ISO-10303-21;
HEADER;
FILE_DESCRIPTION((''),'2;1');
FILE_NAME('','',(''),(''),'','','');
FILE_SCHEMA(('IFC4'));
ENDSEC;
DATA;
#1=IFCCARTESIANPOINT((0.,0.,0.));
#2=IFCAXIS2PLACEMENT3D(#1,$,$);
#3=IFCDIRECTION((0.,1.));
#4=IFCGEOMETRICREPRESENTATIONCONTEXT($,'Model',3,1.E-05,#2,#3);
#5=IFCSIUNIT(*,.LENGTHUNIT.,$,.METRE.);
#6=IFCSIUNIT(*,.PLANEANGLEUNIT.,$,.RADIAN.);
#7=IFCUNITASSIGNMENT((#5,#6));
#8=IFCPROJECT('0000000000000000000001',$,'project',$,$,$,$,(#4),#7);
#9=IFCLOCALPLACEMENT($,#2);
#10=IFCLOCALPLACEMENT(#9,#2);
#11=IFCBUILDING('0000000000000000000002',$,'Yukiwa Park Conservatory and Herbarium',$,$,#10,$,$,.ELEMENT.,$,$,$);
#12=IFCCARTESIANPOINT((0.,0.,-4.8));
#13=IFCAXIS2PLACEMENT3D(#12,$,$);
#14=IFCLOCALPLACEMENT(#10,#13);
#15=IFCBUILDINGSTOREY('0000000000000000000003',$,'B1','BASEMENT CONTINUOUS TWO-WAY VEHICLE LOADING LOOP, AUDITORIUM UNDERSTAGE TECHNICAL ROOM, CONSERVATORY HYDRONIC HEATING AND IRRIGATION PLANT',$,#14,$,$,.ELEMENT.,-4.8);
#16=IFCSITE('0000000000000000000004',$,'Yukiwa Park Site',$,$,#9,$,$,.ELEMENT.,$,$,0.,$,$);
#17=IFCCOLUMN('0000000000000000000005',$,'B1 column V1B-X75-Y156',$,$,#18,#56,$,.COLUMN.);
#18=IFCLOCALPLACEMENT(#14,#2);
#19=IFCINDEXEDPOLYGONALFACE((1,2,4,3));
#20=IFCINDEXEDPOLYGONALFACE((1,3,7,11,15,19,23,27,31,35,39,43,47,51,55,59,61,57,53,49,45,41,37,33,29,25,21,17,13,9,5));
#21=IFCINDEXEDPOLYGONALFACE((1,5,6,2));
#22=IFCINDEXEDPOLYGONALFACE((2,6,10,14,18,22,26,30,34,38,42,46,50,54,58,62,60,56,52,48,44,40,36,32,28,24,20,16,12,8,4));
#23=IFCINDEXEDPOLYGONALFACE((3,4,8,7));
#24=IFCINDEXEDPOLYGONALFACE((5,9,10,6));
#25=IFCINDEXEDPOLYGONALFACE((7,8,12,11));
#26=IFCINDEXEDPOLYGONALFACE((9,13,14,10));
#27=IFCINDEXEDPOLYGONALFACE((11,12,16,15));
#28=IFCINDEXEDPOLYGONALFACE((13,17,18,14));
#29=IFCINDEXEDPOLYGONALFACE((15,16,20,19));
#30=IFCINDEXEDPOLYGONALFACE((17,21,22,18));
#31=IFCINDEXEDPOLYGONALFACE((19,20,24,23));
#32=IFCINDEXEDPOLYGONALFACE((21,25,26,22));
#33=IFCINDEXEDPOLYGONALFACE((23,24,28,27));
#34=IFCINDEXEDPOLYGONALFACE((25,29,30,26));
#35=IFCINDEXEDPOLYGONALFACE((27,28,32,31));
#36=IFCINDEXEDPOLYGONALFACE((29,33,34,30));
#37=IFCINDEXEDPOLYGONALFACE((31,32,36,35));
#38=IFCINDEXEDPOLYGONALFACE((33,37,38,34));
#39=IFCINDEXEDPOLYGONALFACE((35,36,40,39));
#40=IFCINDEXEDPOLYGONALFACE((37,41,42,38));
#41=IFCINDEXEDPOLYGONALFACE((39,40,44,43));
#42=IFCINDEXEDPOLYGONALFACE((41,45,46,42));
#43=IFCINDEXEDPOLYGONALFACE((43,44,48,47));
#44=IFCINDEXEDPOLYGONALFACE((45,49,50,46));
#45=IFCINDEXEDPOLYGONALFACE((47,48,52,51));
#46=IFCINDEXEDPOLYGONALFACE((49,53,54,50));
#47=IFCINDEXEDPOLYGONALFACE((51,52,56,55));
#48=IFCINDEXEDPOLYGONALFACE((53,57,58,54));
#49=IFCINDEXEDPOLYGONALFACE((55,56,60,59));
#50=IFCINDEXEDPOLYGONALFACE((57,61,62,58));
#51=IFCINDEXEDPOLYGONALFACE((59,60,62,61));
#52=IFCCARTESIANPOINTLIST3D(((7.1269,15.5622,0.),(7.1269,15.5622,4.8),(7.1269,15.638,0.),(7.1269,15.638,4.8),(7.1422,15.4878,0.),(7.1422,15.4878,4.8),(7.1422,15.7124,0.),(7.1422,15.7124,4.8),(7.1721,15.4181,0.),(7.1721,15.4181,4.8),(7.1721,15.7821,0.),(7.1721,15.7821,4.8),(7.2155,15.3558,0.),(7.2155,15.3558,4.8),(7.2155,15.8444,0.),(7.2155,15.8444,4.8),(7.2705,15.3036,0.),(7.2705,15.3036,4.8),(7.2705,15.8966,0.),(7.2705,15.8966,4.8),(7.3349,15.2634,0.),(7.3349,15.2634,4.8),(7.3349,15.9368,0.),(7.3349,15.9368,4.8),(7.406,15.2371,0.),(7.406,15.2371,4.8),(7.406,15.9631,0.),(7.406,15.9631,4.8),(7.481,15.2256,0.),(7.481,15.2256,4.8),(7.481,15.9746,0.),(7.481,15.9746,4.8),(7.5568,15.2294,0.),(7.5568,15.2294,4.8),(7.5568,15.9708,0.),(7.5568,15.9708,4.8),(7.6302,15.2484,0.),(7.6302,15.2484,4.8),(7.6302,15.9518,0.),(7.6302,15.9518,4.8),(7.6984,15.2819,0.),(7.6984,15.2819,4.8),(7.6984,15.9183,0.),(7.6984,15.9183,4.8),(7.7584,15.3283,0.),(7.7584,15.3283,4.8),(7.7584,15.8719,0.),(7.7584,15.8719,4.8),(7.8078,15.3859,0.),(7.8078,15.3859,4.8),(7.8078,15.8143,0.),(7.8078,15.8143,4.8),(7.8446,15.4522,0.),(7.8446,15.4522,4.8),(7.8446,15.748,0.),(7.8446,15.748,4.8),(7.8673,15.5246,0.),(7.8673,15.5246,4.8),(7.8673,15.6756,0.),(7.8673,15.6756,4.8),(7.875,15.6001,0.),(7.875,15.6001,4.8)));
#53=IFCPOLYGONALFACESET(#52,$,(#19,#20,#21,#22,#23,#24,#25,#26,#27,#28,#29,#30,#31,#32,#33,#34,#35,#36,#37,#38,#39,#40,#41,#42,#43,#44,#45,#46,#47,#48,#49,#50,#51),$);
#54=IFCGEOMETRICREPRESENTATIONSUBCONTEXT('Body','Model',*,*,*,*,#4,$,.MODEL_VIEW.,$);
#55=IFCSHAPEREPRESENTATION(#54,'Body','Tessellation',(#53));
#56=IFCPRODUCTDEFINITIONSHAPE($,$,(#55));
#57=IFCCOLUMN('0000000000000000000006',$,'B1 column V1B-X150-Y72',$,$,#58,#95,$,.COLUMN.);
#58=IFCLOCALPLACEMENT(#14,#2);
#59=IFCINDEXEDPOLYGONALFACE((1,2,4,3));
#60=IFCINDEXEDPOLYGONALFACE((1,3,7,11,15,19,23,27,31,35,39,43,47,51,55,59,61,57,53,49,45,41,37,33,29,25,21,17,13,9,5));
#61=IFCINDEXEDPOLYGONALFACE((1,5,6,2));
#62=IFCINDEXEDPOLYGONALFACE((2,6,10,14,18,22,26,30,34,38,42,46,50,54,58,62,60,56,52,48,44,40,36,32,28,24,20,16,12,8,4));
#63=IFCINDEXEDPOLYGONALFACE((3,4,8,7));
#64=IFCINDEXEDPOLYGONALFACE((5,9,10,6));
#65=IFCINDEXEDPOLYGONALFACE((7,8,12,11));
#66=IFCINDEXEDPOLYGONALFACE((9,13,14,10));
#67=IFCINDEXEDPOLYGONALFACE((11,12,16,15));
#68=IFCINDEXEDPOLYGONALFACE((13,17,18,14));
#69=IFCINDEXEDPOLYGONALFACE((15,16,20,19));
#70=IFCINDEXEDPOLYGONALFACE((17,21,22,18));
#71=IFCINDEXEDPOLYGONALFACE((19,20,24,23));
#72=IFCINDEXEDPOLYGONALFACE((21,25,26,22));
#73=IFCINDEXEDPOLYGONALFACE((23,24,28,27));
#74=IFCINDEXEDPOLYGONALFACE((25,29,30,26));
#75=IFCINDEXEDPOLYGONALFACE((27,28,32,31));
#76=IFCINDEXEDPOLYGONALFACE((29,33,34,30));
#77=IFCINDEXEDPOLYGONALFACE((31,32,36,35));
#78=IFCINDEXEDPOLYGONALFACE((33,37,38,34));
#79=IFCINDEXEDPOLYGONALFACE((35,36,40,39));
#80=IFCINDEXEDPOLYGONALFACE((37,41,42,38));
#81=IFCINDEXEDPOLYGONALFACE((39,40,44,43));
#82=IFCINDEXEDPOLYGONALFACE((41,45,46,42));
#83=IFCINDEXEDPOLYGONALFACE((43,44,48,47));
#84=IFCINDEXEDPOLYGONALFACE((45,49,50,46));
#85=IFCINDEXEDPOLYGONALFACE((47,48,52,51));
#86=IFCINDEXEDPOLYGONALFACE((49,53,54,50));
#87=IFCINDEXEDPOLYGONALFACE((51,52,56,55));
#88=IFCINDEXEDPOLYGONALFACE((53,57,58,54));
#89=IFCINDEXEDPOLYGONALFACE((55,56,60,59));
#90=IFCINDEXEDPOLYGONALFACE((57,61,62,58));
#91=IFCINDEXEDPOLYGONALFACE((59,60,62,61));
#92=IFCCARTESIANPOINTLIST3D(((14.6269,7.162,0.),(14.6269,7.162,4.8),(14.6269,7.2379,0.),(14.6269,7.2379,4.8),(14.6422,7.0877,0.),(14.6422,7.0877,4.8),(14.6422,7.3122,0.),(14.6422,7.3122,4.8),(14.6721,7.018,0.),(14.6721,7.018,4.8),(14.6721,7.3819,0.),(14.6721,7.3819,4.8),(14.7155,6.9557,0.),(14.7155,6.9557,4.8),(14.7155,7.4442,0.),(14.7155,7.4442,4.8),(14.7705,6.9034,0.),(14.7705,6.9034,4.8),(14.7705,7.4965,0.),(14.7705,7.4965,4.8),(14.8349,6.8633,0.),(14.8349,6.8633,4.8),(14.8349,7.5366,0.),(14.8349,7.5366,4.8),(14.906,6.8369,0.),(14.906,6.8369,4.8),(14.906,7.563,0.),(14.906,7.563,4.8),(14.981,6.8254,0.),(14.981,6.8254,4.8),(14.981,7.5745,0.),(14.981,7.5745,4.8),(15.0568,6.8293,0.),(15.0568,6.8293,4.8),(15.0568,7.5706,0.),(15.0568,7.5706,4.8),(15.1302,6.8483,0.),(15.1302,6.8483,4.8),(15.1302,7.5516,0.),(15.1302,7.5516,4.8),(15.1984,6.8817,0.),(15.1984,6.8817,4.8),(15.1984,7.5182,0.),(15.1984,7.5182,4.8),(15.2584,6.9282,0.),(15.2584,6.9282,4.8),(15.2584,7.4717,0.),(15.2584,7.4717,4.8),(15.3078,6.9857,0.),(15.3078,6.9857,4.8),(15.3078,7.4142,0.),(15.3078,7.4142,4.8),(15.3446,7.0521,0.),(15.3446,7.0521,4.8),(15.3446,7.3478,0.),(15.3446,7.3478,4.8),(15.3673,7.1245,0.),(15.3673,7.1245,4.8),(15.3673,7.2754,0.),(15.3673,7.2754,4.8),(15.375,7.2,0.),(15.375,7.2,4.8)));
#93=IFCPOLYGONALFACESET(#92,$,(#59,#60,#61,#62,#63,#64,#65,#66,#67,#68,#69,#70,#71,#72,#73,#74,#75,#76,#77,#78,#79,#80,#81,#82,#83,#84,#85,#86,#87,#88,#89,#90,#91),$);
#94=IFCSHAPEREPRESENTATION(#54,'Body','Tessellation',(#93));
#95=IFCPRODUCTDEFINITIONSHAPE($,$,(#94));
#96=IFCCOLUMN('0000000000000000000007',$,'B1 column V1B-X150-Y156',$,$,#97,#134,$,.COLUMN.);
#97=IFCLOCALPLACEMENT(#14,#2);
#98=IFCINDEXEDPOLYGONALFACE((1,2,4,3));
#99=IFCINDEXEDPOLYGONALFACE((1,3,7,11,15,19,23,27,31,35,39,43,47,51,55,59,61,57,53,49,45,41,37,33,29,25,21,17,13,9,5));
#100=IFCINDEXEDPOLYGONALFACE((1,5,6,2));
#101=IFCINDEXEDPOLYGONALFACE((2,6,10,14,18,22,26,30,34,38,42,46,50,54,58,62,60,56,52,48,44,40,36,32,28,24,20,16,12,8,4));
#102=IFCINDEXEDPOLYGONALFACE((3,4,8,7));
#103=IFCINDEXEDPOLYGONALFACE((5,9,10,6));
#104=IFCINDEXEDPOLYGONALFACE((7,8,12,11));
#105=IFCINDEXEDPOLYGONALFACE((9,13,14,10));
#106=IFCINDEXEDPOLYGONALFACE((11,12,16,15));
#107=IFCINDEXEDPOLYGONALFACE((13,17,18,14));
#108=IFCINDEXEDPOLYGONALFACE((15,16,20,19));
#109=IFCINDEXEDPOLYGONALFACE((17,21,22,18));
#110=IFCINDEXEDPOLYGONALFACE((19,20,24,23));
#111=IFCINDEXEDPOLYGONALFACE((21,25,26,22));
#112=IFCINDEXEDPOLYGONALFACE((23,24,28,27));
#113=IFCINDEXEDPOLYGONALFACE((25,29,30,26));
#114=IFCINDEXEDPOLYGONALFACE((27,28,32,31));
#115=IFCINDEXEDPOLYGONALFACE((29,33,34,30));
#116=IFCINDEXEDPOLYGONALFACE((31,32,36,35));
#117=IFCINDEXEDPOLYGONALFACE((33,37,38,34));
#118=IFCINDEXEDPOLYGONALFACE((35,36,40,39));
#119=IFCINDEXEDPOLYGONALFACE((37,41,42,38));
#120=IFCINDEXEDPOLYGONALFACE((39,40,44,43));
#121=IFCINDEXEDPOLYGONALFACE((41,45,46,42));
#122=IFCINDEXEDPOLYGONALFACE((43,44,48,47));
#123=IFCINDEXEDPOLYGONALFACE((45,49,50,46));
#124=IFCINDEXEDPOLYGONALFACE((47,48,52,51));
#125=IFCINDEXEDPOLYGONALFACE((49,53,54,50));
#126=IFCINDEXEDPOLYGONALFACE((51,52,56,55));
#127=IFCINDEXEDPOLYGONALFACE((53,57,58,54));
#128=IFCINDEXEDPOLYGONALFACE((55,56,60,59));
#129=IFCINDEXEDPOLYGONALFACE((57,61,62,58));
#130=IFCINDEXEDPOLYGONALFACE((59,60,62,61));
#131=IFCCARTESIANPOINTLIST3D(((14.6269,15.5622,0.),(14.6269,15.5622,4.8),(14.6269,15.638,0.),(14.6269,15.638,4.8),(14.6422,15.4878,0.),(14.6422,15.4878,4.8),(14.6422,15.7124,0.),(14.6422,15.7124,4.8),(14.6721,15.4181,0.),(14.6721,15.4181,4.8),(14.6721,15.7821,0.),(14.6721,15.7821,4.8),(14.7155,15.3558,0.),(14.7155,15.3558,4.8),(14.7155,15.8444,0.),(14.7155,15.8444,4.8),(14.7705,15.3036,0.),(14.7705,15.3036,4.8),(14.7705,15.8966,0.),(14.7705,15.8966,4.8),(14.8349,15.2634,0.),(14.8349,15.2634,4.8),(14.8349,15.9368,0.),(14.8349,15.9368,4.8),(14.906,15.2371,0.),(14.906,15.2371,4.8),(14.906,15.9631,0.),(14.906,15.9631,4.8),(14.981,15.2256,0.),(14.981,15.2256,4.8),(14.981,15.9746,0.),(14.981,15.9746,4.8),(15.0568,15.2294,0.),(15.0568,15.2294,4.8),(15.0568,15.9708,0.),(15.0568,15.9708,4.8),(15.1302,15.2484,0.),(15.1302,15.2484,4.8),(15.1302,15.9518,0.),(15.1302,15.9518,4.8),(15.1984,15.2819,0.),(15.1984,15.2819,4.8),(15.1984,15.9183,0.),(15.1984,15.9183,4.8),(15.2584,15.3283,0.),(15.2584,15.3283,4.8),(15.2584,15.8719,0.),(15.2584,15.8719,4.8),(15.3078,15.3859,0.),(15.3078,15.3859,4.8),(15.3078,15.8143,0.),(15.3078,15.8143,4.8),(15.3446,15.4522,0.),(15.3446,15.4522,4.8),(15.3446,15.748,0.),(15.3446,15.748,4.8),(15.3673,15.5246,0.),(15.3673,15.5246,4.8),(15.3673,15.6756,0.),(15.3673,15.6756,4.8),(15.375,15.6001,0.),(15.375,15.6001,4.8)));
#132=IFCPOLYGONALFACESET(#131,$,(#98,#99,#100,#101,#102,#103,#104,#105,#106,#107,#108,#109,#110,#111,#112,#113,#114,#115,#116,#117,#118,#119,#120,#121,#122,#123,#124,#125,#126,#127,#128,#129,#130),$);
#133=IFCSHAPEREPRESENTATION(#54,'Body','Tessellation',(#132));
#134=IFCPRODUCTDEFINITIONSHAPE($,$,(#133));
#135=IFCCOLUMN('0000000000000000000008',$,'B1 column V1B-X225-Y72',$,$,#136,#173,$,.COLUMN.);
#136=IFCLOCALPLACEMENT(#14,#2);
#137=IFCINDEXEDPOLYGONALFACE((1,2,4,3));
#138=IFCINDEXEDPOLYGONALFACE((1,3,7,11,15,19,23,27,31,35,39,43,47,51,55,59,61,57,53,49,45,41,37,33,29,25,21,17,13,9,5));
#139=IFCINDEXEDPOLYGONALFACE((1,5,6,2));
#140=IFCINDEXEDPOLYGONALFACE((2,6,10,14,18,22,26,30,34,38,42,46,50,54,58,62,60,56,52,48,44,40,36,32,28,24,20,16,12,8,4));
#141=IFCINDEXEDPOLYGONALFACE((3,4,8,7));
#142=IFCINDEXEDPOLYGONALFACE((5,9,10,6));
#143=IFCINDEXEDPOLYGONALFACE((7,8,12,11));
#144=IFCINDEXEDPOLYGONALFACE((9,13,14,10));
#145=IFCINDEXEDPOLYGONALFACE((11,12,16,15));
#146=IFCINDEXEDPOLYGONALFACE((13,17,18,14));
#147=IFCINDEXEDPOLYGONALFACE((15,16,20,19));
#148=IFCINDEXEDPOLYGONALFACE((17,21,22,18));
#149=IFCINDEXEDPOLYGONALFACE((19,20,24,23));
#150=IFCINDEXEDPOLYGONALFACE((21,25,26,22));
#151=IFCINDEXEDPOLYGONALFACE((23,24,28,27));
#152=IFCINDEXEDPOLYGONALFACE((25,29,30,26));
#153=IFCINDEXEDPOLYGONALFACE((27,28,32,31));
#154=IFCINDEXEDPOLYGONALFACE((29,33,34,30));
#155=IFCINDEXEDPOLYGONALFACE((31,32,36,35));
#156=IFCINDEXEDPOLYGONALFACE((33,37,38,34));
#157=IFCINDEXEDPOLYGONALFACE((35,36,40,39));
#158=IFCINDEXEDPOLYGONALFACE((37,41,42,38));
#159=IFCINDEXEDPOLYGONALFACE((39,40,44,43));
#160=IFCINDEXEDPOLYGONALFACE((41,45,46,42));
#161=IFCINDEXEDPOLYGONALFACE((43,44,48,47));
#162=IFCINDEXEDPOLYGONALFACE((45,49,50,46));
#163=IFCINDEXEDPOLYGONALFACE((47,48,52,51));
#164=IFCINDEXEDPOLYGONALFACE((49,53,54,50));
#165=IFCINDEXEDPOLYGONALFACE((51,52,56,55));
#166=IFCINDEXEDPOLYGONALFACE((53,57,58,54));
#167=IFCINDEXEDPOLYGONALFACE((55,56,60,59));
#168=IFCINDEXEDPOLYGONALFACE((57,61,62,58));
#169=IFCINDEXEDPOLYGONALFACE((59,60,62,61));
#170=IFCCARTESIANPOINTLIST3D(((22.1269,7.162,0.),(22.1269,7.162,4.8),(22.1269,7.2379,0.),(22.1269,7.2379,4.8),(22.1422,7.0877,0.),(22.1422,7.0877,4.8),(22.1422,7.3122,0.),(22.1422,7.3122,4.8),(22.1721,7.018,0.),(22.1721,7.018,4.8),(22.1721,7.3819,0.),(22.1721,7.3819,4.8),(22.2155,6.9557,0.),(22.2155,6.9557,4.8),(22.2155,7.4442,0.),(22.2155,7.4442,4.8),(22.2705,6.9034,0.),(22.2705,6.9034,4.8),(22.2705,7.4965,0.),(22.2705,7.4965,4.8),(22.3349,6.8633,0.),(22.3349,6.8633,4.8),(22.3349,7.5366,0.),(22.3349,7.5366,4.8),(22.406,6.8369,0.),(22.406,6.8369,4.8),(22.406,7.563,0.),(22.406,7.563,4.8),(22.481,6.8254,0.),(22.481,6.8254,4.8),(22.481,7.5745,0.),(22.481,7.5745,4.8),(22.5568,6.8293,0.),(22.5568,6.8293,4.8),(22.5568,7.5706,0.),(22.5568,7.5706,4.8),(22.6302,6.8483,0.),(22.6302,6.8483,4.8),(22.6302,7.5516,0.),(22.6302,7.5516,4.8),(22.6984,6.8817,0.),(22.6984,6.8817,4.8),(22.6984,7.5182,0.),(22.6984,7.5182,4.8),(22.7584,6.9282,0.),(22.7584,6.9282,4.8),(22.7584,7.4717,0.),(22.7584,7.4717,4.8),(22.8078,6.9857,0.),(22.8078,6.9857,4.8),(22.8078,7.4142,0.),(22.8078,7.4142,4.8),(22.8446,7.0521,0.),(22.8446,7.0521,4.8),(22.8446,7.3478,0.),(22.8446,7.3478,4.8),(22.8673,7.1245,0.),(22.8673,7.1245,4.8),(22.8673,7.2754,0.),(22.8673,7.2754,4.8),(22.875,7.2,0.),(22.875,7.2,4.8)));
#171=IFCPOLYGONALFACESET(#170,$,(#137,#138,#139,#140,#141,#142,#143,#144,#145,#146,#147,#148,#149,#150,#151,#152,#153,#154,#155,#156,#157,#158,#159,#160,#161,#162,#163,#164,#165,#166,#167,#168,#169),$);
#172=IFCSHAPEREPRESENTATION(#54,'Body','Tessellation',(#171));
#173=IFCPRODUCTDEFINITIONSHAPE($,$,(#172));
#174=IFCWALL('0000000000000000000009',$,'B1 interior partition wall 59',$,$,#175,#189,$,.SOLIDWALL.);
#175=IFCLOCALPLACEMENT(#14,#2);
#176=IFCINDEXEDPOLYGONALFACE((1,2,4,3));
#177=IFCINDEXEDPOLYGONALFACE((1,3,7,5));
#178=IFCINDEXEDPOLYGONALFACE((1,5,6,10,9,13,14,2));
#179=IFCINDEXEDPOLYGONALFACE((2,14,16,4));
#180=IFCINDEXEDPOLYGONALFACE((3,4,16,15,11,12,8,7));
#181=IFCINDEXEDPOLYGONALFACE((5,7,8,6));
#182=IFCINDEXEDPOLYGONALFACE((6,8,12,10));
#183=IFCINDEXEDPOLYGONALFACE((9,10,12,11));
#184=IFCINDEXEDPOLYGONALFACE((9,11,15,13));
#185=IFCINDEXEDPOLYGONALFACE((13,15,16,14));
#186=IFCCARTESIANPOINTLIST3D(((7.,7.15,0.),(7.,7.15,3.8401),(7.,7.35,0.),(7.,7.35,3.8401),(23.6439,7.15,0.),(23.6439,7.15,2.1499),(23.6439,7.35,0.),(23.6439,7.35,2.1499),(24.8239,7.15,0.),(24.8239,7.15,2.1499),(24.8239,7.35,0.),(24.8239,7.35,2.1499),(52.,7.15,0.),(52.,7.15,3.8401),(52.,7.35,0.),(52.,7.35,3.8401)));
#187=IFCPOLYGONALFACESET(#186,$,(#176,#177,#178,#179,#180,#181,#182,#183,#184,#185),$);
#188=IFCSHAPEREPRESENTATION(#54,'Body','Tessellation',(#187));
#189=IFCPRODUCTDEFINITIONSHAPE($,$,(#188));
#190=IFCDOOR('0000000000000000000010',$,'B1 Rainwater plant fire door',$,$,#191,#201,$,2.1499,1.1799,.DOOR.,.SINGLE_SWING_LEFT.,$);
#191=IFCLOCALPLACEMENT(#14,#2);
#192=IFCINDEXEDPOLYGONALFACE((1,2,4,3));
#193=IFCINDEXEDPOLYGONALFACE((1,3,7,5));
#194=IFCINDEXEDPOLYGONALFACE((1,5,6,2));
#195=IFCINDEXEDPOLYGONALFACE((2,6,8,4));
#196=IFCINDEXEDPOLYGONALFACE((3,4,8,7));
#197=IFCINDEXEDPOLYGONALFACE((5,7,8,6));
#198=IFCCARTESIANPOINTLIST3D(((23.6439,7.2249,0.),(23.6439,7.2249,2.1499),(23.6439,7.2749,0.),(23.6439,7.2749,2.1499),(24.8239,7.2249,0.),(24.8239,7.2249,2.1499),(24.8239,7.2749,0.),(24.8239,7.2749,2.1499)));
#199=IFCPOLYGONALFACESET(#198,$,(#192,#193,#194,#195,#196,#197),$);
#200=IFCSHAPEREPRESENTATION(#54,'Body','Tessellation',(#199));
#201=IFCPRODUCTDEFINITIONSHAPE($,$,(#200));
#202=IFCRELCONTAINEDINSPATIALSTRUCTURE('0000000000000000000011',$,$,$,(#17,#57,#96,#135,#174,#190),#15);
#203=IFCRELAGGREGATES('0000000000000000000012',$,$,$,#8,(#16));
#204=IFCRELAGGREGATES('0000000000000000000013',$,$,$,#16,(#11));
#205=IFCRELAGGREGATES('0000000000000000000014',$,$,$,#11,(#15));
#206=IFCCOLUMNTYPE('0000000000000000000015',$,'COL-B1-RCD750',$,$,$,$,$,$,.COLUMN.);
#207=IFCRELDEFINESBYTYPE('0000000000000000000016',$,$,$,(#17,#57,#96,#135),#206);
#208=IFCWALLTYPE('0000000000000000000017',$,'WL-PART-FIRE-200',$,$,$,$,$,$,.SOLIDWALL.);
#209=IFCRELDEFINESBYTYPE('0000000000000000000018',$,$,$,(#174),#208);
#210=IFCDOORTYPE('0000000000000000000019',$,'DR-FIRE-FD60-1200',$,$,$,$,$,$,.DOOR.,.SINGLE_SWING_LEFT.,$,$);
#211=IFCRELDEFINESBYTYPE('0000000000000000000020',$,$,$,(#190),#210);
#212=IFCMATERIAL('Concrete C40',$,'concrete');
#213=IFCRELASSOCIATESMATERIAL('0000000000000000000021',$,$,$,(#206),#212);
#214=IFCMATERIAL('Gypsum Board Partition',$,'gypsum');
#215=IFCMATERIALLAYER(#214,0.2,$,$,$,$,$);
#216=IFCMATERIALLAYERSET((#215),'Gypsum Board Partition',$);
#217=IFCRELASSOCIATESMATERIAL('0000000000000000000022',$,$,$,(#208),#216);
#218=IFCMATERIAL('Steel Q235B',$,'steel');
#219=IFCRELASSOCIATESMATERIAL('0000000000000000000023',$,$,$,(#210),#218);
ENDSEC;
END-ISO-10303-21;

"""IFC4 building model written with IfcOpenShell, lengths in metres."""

from ifc_helpers import new_model, si_unit, direction, frame, frame_2d, origin, origin_2d, place, context, subcontext, project, spatial, rectangle, circle, extrude, material, layer, layer_set, material_profile, profile_set, type_object, element, fill, save


model = new_model("IFC4")

# Units and contexts
model_context = context("Model", 3, precision=1e-05, world=origin(), true_north=direction((0.0, 1.0)))
body_context = subcontext(model_context, "Body", "Model", "MODEL_VIEW")
ifc_project = project(units=[si_unit("LENGTHUNIT", "METRE"), si_unit("PLANEANGLEUNIT", "RADIAN")], contexts=[model_context])

# Site, building, storey
site_placement = place(None, origin())
site = spatial("IfcSite", under=ifc_project, at=site_placement, Name="Yukiwa Park Site", CompositionType="ELEMENT", RefElevation=0.0)
building_placement = place(site_placement, origin())
building = spatial("IfcBuilding", under=site, at=building_placement, Name="Yukiwa Park Conservatory and Herbarium", CompositionType="ELEMENT")
storey_placement = place(building_placement, frame((0.0, 0.0, -4.8)))
storey = spatial("IfcBuildingStorey", under=building, at=storey_placement, Name="B1", Description="BASEMENT CONTINUOUS TWO-WAY VEHICLE LOADING LOOP, AUDITORIUM UNDERSTAGE TECHNICAL ROOM, CONSERVATORY HYDRONIC HEATING AND IRRIGATION PLANT", CompositionType="ELEMENT", Elevation=-4.8)

# Columns
ifc_material_1 = material(Name="Concrete C40", Category="concrete")
ifc_material_profile_1 = material_profile(ifc_material_1, circle(Radius=0.375, at=origin_2d()), Name="RC D750")
ifc_profile_set_1 = profile_set([ifc_material_profile_1], Name="Concrete C40")
column_type_1 = type_object("IfcColumnType", Name="COL-B1-RCD750", PredefinedType="COLUMN", material=ifc_profile_set_1)
for number, where, z_axis, x_axis, name in (
    (1, (7.5, 15.6001, 0.0), (0.0, 0.0, 1.0), (1.0, 0.0, 0.0), "B1 column V1B-X75-Y156"),
    (2, (15.0, 7.2, 0.0), (0.0, 0.0, 1.0), (1.0, 0.0, 0.0), "B1 column V1B-X150-Y72"),
    (3, (15.0, 15.6001, 0.0), (0.0, 0.0, 1.0), (1.0, 0.0, 0.0), "B1 column V1B-X150-Y156"),
    (4, (22.5, 7.2, 0.0), (0.0, 0.0, 1.0), (1.0, 0.0, 0.0), "B1 column V1B-X225-Y72"),
):
    element("IfcColumn", number, at=place(storey_placement, frame(where, z_axis=z_axis, x_axis=x_axis)), inside=storey, type_object=column_type_1, Name=name, PredefinedType="COLUMN", context=body_context, shape_type="SweptSolid", body=[
        extrude(circle(Radius=0.375, at=origin_2d()), origin(), (0.0, 0.0, 1.0), 4.8),
    ])

# Wall, opening, door
ifc_material_2 = material(Name="Gypsum Board Partition", Category="gypsum")
ifc_layer = layer(ifc_material_2, 0.2)
ifc_layer_set = layer_set([ifc_layer], Name="Gypsum Board Partition")
wall_type = type_object("IfcWallType", Name="WL-PART-FIRE-200", PredefinedType="SOLIDWALL", material=ifc_layer_set)
wall_placement = place(storey_placement, frame((7.0, 7.25, 0.0), z_axis=(0.0, 0.0, 1.0), x_axis=(1.0, 0.0, 0.0)))
wall = element("IfcWall", 5, at=wall_placement, inside=storey, type_object=wall_type, Name="B1 interior partition wall 59", PredefinedType="SOLIDWALL", context=body_context, shape_type="SweptSolid", body=[
    extrude(rectangle(XDim=45.0, YDim=0.2, at=frame_2d((22.5, 0.0))), origin(), (0.0, 0.0, 1.0), 3.8401),
])
opening_placement = place(wall_placement, frame((16.644, 0.0, 0.0)))
opening = element("IfcOpeningElement", 6, at=opening_placement, cuts=wall, PredefinedType="OPENING", context=body_context, shape_type="SweptSolid", body=[
    extrude(rectangle(XDim=1.1799, YDim=2.1499, at=frame_2d((0.5898, 1.075))), frame((0.0, 0.1099, 0.0), z_axis=(0.0, -1.0, 0.0), x_axis=(1.0, 0.0, 0.0)), (0.0, 0.0, 1.0), 0.22),
])
ifc_material_3 = material(Name="Steel Q235B", Category="steel")
door_type = type_object("IfcDoorType", Name="DR-FIRE-FD60-1200", OperationType="SINGLE_SWING_LEFT", PredefinedType="DOOR", material=ifc_material_3)
door_placement = place(opening_placement, origin())
door = element("IfcDoor", 7, at=door_placement, inside=storey, type_object=door_type, Name="B1 Rainwater plant fire door", OperationType="SINGLE_SWING_LEFT", OverallHeight=2.1499, OverallWidth=1.1799, PredefinedType="DOOR", context=body_context, shape_type="SweptSolid", body=[
    extrude(rectangle(XDim=1.1799, YDim=2.1499, at=frame_2d((0.5898, 1.075))), frame((0.0, 0.0249, 0.0), z_axis=(0.0, -1.0, 0.0), x_axis=(1.0, 0.0, 0.0)), (0.0, 0.0, 1.0), 0.05),
])
fill(opening, door)

save(model, "model.ifc")
